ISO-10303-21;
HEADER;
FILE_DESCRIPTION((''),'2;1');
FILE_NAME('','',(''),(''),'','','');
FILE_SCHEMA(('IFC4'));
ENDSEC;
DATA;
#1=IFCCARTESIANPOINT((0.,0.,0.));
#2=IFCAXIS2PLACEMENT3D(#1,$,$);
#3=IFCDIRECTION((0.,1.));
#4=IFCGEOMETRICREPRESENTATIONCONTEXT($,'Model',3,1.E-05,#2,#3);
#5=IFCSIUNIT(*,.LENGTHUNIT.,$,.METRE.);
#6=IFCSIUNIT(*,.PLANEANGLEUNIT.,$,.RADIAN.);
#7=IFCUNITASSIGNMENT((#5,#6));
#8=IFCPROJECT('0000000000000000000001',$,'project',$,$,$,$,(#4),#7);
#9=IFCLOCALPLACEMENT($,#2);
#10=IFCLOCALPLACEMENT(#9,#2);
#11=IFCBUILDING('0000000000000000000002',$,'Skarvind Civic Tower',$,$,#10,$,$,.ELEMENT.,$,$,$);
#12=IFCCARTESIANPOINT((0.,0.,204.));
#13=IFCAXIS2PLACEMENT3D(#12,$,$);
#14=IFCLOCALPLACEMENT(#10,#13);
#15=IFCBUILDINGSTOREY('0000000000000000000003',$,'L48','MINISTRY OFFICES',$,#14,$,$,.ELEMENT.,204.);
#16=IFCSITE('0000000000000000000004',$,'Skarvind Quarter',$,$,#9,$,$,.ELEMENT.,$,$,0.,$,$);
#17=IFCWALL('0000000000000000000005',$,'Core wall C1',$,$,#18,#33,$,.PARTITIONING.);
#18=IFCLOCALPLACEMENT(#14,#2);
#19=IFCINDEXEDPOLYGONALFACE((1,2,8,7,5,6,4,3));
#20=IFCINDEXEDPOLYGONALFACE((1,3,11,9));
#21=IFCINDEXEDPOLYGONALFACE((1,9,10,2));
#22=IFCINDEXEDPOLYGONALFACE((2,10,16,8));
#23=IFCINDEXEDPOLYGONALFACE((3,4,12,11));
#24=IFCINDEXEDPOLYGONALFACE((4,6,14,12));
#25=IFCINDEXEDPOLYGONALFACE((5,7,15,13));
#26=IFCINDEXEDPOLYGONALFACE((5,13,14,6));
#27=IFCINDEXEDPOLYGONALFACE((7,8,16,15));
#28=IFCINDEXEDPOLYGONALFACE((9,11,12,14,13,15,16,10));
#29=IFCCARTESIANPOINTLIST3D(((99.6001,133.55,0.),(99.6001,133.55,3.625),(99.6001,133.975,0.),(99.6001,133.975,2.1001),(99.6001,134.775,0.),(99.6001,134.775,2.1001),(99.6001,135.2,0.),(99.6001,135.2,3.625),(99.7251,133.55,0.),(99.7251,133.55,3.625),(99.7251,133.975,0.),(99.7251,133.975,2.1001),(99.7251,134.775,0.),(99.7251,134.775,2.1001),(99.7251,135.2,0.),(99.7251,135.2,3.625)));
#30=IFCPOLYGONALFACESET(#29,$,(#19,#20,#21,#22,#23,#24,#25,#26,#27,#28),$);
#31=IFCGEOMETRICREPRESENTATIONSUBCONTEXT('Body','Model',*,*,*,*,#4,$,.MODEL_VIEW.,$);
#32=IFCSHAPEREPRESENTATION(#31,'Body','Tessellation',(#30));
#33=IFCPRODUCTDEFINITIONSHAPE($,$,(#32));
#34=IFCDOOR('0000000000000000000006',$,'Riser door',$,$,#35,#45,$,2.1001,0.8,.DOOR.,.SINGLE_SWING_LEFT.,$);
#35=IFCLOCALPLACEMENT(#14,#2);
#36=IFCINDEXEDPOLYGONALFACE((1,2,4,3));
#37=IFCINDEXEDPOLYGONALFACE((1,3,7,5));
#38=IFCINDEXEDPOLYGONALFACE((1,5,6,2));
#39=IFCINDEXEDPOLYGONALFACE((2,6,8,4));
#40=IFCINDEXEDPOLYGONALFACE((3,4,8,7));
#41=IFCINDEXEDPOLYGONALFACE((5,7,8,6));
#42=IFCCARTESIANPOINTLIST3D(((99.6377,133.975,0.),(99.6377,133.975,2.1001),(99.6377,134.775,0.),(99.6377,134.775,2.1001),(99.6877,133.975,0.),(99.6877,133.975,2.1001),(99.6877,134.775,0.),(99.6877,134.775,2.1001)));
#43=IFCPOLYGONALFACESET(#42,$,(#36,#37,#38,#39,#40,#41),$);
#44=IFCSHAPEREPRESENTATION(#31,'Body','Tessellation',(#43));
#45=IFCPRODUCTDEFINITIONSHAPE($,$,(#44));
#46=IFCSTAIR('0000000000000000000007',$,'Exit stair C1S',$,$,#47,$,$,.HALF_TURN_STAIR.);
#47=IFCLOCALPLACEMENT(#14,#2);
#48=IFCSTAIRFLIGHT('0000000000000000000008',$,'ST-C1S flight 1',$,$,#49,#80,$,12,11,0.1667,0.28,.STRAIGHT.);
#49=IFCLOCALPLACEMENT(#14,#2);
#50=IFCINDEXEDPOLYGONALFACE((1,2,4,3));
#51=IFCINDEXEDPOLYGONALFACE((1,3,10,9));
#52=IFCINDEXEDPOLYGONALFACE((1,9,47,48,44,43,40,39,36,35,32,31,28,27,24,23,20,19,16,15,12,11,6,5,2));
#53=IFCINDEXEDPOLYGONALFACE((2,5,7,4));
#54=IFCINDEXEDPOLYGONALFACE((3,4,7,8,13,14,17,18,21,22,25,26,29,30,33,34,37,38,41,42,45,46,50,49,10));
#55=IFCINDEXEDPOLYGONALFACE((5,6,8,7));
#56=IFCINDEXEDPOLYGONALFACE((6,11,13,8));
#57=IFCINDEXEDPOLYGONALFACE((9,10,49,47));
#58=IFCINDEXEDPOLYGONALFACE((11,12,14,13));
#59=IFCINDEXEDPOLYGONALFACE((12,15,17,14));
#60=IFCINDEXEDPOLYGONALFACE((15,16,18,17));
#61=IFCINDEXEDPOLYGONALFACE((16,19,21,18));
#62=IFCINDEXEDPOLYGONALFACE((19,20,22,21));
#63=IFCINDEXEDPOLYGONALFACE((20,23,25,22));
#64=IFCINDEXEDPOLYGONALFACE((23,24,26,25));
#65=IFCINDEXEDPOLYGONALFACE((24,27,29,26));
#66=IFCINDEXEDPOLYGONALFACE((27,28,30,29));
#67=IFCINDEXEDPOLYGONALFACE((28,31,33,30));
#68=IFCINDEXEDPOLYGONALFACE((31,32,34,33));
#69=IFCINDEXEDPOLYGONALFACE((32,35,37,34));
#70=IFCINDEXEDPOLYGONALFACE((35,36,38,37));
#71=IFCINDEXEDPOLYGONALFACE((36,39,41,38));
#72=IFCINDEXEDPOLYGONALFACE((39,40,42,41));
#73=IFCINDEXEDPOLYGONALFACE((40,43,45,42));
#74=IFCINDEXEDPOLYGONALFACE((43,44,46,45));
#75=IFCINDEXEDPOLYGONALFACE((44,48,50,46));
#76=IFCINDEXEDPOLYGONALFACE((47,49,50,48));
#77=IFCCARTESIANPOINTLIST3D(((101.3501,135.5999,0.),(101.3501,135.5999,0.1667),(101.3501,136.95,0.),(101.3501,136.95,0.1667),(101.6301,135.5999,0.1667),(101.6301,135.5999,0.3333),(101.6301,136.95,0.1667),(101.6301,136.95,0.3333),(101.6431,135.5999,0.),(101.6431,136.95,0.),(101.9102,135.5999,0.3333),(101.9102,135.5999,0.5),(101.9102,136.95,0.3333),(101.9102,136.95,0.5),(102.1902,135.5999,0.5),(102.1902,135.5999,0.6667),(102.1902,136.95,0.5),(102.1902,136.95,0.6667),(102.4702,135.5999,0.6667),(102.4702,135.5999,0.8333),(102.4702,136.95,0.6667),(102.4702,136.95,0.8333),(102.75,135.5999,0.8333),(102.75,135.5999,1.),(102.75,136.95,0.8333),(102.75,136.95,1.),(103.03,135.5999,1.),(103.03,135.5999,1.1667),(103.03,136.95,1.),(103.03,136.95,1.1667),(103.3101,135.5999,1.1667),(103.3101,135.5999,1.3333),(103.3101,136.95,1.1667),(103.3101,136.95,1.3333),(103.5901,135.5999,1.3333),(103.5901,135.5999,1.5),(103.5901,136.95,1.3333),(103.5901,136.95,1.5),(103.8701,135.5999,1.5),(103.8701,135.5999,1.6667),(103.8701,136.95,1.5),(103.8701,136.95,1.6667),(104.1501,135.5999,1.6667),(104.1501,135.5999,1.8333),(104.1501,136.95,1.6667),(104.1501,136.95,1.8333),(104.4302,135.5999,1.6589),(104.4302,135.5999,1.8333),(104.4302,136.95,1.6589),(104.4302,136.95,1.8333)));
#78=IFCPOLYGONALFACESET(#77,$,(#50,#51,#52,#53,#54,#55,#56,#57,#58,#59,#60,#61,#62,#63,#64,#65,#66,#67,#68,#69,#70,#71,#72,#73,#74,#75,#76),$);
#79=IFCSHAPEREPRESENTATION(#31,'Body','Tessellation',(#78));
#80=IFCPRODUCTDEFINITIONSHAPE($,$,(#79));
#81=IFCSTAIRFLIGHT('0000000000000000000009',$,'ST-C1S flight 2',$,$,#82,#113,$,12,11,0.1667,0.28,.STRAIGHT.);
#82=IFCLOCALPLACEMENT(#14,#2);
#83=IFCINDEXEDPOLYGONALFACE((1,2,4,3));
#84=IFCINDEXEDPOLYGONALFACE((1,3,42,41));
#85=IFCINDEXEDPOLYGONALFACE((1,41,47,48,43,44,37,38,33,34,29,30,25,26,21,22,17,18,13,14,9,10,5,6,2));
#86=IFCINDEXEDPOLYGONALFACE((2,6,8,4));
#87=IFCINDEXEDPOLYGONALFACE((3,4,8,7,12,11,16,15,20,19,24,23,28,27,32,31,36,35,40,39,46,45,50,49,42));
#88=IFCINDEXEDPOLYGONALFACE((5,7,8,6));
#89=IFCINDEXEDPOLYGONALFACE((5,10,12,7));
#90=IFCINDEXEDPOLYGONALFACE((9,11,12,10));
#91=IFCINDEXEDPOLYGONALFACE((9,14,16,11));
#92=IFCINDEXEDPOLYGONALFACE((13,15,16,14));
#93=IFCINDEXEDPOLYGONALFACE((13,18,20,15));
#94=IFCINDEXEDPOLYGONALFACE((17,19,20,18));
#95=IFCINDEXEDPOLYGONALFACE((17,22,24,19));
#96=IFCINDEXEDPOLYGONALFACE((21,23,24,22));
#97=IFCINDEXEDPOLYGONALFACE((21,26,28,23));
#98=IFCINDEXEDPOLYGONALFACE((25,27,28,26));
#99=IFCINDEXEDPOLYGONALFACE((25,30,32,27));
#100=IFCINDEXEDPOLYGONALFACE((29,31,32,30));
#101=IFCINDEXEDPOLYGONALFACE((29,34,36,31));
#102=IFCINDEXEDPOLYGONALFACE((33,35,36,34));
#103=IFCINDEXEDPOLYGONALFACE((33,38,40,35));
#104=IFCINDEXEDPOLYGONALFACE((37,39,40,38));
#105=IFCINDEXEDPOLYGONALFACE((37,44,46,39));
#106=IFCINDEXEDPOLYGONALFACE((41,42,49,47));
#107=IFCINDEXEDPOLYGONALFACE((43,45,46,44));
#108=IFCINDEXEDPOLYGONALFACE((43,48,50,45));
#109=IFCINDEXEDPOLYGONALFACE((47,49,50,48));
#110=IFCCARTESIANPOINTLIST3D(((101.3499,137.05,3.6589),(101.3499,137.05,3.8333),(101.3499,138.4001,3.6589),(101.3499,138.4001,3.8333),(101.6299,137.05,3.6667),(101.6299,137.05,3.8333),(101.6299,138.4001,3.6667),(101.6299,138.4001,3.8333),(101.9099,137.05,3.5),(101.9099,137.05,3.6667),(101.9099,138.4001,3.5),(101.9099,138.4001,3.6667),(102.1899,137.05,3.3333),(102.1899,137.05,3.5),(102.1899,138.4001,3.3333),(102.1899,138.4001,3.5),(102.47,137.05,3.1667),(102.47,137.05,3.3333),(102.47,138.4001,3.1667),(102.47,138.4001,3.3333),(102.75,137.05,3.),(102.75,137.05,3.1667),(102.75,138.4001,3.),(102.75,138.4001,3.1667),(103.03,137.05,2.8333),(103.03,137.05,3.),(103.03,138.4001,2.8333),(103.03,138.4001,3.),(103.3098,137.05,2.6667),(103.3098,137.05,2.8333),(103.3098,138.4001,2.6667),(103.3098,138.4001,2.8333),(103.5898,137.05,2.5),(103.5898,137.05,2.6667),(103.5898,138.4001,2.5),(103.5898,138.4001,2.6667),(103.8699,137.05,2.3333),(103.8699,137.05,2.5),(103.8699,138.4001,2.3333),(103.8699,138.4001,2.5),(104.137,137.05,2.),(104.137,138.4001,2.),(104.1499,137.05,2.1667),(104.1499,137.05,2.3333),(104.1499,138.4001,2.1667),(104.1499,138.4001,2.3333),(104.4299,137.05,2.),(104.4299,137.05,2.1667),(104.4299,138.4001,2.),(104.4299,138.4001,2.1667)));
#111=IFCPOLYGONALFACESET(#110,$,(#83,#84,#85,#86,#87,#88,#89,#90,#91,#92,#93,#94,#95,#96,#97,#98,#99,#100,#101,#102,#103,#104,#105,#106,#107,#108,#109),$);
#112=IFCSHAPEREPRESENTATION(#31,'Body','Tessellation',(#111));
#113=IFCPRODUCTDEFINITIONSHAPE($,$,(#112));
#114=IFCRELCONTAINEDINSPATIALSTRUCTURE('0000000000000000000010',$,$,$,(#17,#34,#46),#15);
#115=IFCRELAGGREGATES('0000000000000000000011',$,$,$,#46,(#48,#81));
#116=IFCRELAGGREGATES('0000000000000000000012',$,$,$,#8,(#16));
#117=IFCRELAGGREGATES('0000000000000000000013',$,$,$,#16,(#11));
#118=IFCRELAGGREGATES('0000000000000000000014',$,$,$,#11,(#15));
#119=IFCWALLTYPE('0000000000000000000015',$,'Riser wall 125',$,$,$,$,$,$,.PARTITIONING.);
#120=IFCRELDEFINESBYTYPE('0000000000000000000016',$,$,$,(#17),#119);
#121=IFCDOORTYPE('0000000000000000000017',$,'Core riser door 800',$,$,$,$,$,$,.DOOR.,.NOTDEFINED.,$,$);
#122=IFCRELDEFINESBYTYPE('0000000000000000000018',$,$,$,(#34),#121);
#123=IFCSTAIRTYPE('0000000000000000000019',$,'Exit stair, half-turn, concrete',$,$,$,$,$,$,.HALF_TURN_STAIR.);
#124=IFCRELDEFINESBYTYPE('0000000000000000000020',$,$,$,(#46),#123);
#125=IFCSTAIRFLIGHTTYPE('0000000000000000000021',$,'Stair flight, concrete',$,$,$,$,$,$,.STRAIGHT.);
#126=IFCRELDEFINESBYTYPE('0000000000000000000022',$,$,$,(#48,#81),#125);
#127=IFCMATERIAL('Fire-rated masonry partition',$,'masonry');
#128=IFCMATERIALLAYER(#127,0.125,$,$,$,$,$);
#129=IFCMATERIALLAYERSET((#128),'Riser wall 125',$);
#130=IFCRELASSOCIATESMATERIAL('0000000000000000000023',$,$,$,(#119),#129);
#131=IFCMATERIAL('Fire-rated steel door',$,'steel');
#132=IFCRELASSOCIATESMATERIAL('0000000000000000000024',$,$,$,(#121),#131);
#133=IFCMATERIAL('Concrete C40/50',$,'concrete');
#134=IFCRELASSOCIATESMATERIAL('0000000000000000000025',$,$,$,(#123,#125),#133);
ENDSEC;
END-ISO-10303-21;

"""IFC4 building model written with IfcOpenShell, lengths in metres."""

from ifc_helpers import new_model, si_unit, direction, frame, frame_2d, origin, place, context, subcontext, project, spatial, polyline, rectangle, outline, extrude, material, layer, layer_set, type_object, element, fill, aggregate, save


model = new_model("IFC4")

# Units and contexts
model_context = context("Model", 3, precision=1e-05, world=origin(), true_north=direction((0.0, 1.0)))
body_context = subcontext(model_context, "Body", "Model", "MODEL_VIEW")
ifc_project = project(units=[si_unit("LENGTHUNIT", "METRE"), si_unit("PLANEANGLEUNIT", "RADIAN")], contexts=[model_context])

# Site, building, storey
site_placement = place(None, origin())
site = spatial("IfcSite", under=ifc_project, at=site_placement, Name="Skarvind Quarter", CompositionType="ELEMENT", RefElevation=0.0)
building_placement = place(site_placement, origin())
building = spatial("IfcBuilding", under=site, at=building_placement, Name="Skarvind Civic Tower", CompositionType="ELEMENT")
storey_placement = place(building_placement, frame((0.0, 0.0, 204.0)))
storey = spatial("IfcBuildingStorey", under=building, at=storey_placement, Name="L48", Description="MINISTRY OFFICES", CompositionType="ELEMENT", Elevation=204.0)

# Shared definitions
ifc_material_1 = material(Name="Fire-rated steel door", Category="steel")

# Wall, opening, door
ifc_material_2 = material(Name="Fire-rated masonry partition", Category="masonry")
ifc_layer_1 = layer(ifc_material_2, 0.125)
ifc_layer_set_1 = layer_set([ifc_layer_1], Name="Riser wall 125")
wall_type_1 = type_object("IfcWallType", Name="Riser wall 125", PredefinedType="PARTITIONING", material=ifc_layer_set_1)
wall_1_placement = place(storey_placement, frame((99.6626, 133.55, 0.0), z_axis=(0.0, 0.0, 1.0), x_axis=(0.0, 1.0, 0.0)))
wall_1 = element("IfcWall", 1, at=wall_1_placement, inside=storey, type_object=wall_type_1, Name="Core wall C1", PredefinedType="PARTITIONING", context=body_context, shape_type="SweptSolid", body=[
    extrude(rectangle(XDim=1.6499, YDim=0.125, at=frame_2d((0.825, 0.0))), origin(), (0.0, 0.0, 1.0), 3.625),
])
opening_1_placement = place(wall_1_placement, frame((0.425, 0.0, 0.0)))
opening_1 = element("IfcOpeningElement", 2, at=opening_1_placement, cuts=wall_1, PredefinedType="OPENING", context=body_context, shape_type="SweptSolid", body=[
    extrude(rectangle(XDim=0.8, YDim=2.1001, at=frame_2d((0.3999, 1.05))), frame((0.0, 0.0725, 0.0), z_axis=(0.0, -1.0, 0.0), x_axis=(1.0, 0.0, 0.0)), (0.0, 0.0, 1.0), 0.145),
])
door_type_1 = type_object("IfcDoorType", Name="Core riser door 800", OperationType="NOTDEFINED", PredefinedType="DOOR", material=ifc_material_1)
door_1_placement = place(opening_1_placement, origin())
door_1 = element("IfcDoor", 3, at=door_1_placement, inside=storey, type_object=door_type_1, Name="Riser door", OperationType="SINGLE_SWING_LEFT", OverallHeight=2.1001, OverallWidth=0.8, PredefinedType="DOOR", context=body_context, shape_type="SweptSolid", body=[
    extrude(rectangle(XDim=0.8, YDim=2.1001, at=frame_2d((0.3999, 1.05))), frame((0.0, 0.0249, 0.0), z_axis=(0.0, -1.0, 0.0), x_axis=(1.0, 0.0, 0.0)), (0.0, 0.0, 1.0), 0.05),
])
fill(opening_1, door_1)

# Stair, stair flights
ifc_material_3 = material(Name="Concrete C40/50", Category="concrete")
stair_type = type_object("IfcStairType", Name="Exit stair, half-turn, concrete", PredefinedType="HALF_TURN_STAIR", material=ifc_material_3)
stair_placement = place(storey_placement, origin())
stair = element("IfcStair", 4, at=stair_placement, inside=storey, type_object=stair_type, Name="Exit stair C1S", PredefinedType="HALF_TURN_STAIR")
stair_flight_type = type_object("IfcStairFlightType", Name="Stair flight, concrete", PredefinedType="STRAIGHT", material=ifc_material_3)
stair_flight_1_placement = place(storey_placement, frame((101.3501, 136.2749, 0.0), z_axis=(0.0, 0.0, 1.0), x_axis=(1.0, 0.0, 0.0)))
stair_flight_1 = element("IfcStairFlight", 5, at=stair_flight_1_placement, type_object=stair_flight_type, Name="ST-C1S flight 1", NumberOfRisers=12, NumberOfTreads=11, PredefinedType="STRAIGHT", RiserHeight=0.1667, TreadLength=0.28, context=body_context, shape_type="SweptSolid", body=[
    extrude(outline(polyline([(0.0, 0.0), (0.0, 0.1667), (0.28, 0.1667), (0.28, 0.3333), (0.5601, 0.3333), (0.5601, 0.5), (0.8401, 0.5), (0.8401, 0.6667), (1.1201, 0.6667), (1.1201, 0.8333), (1.3999, 0.8333), (1.3999, 1.0), (1.6799, 1.0), (1.6799, 1.1667), (1.96, 1.1667), (1.96, 1.3333), (2.24, 1.3333), (2.24, 1.5), (2.52, 1.5), (2.52, 1.6667), (2.8, 1.6667), (2.8, 1.8333), (3.0801, 1.8333), (3.0801, 2.0), (3.0801, 1.6589), (0.293, 0.0), (0.0, 0.0)])), frame((0.0, 0.675, 0.0), z_axis=(0.0, -1.0, 0.0), x_axis=(1.0, 0.0, 0.0)), (0.0, 0.0, 1.0), 1.3501),
])
stair_flight_2_placement = place(storey_placement, frame((104.4299, 137.7251, 2.0), z_axis=(0.0, 0.0, 1.0), x_axis=(-1.0, 0.0, 0.0)))
stair_flight_2 = element("IfcStairFlight", 6, at=stair_flight_2_placement, type_object=stair_flight_type, Name="ST-C1S flight 2", NumberOfRisers=12, NumberOfTreads=11, PredefinedType="STRAIGHT", RiserHeight=0.1667, TreadLength=0.28, context=body_context, shape_type="SweptSolid", body=[
    extrude(outline(polyline([(0.0, 0.0), (0.0, 0.1667), (0.28, 0.1667), (0.28, 0.3333), (0.5601, 0.3333), (0.5601, 0.5), (0.8401, 0.5), (0.8401, 0.6667), (1.1201, 0.6667), (1.1201, 0.8333), (1.3999, 0.8333), (1.3999, 1.0), (1.6799, 1.0), (1.6799, 1.1667), (1.96, 1.1667), (1.96, 1.3333), (2.24, 1.3333), (2.24, 1.5), (2.52, 1.5), (2.52, 1.6667), (2.8, 1.6667), (2.8, 1.8333), (3.0801, 1.8333), (3.0801, 2.0), (3.0801, 1.6589), (0.293, 0.0), (0.0, 0.0)])), frame((0.0, 0.675, 0.0), z_axis=(0.0, -1.0, 0.0), x_axis=(1.0, 0.0, 0.0)), (0.0, 0.0, 1.0), 1.3501),
])
aggregate(stair, [stair_flight_1, stair_flight_2])

save(model, "model.ifc")
